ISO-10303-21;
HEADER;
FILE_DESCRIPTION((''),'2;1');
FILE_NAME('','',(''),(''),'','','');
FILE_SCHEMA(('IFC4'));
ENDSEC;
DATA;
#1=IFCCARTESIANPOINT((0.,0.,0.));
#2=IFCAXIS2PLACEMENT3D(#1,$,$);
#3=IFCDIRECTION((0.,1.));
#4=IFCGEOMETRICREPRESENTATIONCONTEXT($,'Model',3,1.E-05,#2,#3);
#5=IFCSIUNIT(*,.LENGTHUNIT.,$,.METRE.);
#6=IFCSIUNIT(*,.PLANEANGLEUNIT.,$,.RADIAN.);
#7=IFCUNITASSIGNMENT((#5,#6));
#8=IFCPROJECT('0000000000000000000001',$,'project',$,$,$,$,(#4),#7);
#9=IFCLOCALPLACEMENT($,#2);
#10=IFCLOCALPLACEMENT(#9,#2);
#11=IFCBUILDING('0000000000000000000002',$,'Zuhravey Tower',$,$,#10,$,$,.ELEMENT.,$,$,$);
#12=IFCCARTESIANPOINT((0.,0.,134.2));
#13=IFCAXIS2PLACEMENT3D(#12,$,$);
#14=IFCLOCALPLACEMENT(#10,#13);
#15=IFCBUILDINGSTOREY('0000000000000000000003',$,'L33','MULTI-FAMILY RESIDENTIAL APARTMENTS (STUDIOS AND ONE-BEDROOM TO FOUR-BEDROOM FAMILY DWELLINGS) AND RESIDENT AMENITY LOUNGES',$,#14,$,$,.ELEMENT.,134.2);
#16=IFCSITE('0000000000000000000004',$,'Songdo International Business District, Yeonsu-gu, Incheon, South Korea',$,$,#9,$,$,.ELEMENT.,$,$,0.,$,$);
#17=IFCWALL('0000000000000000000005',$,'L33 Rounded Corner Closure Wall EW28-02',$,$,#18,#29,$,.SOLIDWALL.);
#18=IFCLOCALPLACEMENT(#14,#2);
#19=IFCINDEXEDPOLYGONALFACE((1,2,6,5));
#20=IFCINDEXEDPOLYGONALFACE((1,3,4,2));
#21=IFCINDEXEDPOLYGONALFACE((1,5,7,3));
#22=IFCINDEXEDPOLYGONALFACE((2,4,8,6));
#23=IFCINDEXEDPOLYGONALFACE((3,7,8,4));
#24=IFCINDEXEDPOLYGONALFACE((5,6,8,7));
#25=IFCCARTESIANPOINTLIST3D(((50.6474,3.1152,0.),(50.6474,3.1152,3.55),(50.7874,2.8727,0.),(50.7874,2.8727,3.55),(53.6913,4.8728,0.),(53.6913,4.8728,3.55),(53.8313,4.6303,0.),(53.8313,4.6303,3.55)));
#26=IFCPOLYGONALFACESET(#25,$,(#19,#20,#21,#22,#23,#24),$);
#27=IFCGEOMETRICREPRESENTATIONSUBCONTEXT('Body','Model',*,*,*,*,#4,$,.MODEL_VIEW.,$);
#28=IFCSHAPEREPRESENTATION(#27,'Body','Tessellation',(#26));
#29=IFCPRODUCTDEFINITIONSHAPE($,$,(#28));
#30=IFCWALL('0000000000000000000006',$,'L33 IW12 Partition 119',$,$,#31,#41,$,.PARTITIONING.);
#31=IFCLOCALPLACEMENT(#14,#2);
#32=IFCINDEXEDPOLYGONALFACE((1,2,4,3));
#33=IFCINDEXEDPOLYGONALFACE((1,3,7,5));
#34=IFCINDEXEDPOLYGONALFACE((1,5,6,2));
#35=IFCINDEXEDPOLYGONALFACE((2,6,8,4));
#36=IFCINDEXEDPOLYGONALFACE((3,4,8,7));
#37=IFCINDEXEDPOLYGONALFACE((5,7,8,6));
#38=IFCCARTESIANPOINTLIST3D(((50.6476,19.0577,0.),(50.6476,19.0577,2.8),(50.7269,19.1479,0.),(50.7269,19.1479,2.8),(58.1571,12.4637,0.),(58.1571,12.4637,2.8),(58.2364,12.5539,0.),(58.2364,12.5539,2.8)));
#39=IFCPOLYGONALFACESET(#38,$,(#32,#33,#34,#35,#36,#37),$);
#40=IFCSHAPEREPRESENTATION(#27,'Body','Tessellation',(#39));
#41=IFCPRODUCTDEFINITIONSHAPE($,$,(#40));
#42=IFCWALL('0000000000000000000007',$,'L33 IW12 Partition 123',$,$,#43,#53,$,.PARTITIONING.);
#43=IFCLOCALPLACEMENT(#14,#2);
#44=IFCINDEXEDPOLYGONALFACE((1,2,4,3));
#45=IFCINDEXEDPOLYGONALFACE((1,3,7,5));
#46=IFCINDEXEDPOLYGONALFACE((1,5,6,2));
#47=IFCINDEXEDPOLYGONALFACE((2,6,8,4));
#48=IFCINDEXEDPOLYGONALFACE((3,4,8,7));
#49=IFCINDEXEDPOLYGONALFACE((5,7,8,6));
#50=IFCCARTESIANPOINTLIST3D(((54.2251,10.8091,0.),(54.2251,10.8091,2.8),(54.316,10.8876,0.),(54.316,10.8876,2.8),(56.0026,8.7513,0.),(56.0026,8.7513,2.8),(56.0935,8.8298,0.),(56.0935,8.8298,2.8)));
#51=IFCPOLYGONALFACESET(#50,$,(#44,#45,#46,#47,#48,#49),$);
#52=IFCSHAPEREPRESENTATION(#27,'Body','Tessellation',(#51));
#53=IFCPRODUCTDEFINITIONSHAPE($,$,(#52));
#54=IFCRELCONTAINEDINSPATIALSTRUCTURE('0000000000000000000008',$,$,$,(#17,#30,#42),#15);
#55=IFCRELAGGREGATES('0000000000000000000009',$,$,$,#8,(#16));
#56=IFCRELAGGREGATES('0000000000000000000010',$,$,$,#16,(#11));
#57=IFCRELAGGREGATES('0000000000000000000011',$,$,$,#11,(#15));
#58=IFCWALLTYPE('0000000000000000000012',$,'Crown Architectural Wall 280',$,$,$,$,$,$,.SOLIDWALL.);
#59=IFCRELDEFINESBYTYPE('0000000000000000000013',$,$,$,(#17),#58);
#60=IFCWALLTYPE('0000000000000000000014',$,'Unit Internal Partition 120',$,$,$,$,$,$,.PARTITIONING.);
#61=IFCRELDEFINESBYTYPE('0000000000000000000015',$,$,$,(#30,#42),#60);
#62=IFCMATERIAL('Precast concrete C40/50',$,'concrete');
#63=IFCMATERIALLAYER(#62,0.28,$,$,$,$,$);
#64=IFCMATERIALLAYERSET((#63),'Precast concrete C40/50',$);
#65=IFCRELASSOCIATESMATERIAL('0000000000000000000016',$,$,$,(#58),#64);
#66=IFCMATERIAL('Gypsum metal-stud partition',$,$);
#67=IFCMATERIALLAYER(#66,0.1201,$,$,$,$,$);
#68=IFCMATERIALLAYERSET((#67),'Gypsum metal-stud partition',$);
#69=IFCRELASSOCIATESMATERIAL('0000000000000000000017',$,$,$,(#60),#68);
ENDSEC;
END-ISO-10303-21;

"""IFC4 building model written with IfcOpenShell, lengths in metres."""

from ifc_helpers import new_model, si_unit, direction, frame, frame_2d, origin, place, context, subcontext, project, spatial, rectangle, extrude, material, layer, layer_set, type_object, element, save


model = new_model("IFC4")

# Units and contexts
model_context = context("Model", 3, precision=1e-05, world=origin(), true_north=direction((0.0, 1.0)))
body_context = subcontext(model_context, "Body", "Model", "MODEL_VIEW")
ifc_project = project(units=[si_unit("LENGTHUNIT", "METRE"), si_unit("PLANEANGLEUNIT", "RADIAN")], contexts=[model_context])

# Site, building, storey
site_placement = place(None, origin())
site = spatial("IfcSite", under=ifc_project, at=site_placement, Name="Songdo International Business District, Yeonsu-gu, Incheon, South Korea", CompositionType="ELEMENT", RefElevation=0.0)
building_placement = place(site_placement, origin())
building = spatial("IfcBuilding", under=site, at=building_placement, Name="Zuhravey Tower", CompositionType="ELEMENT")
storey_placement = place(building_placement, frame((0.0, 0.0, 134.2)))
storey = spatial("IfcBuildingStorey", under=building, at=storey_placement, Name="L33", Description="MULTI-FAMILY RESIDENTIAL APARTMENTS (STUDIOS AND ONE-BEDROOM TO FOUR-BEDROOM FAMILY DWELLINGS) AND RESIDENT AMENITY LOUNGES", CompositionType="ELEMENT", Elevation=134.2)

# Walls
ifc_material_1 = material(Name="Precast concrete C40/50", Category="concrete")
ifc_layer_1 = layer(ifc_material_1, 0.28)
ifc_layer_set_1 = layer_set([ifc_layer_1], Name="Precast concrete C40/50")
wall_type_1 = type_object("IfcWallType", Name="Crown Architectural Wall 280", PredefinedType="SOLIDWALL", material=ifc_layer_set_1)
wall_1_placement = place(storey_placement, frame((53.7612, 4.7515, 0.0), z_axis=(0.0, 0.0, 1.0), x_axis=(-0.866007, -0.500031, 0.0)))
element("IfcWall", 1, at=wall_1_placement, inside=storey, type_object=wall_type_1, Name="L33 Rounded Corner Closure Wall EW28-02", PredefinedType="SOLIDWALL", context=body_context, shape_type="SweptSolid", body=[
    extrude(rectangle(XDim=3.5149, YDim=0.28, at=frame_2d((1.7573, 0.0))), origin(), (0.0, 0.0, 1.0), 3.55),
])
ifc_material_2 = material(Name="Gypsum metal-stud partition")
ifc_layer_2 = layer(ifc_material_2, 0.1201)
ifc_layer_set_2 = layer_set([ifc_layer_2], Name="Gypsum metal-stud partition")
wall_type_2 = type_object("IfcWallType", Name="Unit Internal Partition 120", PredefinedType="PARTITIONING", material=ifc_layer_set_2)
wall_2_placement = place(storey_placement, frame((50.6873, 19.1028, 0.0), z_axis=(0.0, 0.0, 1.0), x_axis=(0.751427, -0.659816, 0.0)))
element("IfcWall", 2, at=wall_2_placement, inside=storey, type_object=wall_type_2, Name="L33 IW12 Partition 119", PredefinedType="PARTITIONING", context=body_context, shape_type="SweptSolid", body=[
    extrude(rectangle(XDim=9.9937, YDim=0.1201, at=frame_2d((4.9968, 0.0))), origin(), (0.0, 0.0, 1.0), 2.8),
])
wall_3_placement = place(storey_placement, frame((54.2705, 10.8484, 0.0), z_axis=(0.0, 0.0, 1.0), x_axis=(0.653692, -0.75676, 0.0)))
element("IfcWall", 3, at=wall_3_placement, inside=storey, type_object=wall_type_2, Name="L33 IW12 Partition 123", PredefinedType="PARTITIONING", context=body_context, shape_type="SweptSolid", body=[
    extrude(rectangle(XDim=2.7192, YDim=0.1201, at=frame_2d((1.3596, 0.0))), origin(), (0.0, 0.0, 1.0), 2.8),
])

save(model, "model.ifc")
